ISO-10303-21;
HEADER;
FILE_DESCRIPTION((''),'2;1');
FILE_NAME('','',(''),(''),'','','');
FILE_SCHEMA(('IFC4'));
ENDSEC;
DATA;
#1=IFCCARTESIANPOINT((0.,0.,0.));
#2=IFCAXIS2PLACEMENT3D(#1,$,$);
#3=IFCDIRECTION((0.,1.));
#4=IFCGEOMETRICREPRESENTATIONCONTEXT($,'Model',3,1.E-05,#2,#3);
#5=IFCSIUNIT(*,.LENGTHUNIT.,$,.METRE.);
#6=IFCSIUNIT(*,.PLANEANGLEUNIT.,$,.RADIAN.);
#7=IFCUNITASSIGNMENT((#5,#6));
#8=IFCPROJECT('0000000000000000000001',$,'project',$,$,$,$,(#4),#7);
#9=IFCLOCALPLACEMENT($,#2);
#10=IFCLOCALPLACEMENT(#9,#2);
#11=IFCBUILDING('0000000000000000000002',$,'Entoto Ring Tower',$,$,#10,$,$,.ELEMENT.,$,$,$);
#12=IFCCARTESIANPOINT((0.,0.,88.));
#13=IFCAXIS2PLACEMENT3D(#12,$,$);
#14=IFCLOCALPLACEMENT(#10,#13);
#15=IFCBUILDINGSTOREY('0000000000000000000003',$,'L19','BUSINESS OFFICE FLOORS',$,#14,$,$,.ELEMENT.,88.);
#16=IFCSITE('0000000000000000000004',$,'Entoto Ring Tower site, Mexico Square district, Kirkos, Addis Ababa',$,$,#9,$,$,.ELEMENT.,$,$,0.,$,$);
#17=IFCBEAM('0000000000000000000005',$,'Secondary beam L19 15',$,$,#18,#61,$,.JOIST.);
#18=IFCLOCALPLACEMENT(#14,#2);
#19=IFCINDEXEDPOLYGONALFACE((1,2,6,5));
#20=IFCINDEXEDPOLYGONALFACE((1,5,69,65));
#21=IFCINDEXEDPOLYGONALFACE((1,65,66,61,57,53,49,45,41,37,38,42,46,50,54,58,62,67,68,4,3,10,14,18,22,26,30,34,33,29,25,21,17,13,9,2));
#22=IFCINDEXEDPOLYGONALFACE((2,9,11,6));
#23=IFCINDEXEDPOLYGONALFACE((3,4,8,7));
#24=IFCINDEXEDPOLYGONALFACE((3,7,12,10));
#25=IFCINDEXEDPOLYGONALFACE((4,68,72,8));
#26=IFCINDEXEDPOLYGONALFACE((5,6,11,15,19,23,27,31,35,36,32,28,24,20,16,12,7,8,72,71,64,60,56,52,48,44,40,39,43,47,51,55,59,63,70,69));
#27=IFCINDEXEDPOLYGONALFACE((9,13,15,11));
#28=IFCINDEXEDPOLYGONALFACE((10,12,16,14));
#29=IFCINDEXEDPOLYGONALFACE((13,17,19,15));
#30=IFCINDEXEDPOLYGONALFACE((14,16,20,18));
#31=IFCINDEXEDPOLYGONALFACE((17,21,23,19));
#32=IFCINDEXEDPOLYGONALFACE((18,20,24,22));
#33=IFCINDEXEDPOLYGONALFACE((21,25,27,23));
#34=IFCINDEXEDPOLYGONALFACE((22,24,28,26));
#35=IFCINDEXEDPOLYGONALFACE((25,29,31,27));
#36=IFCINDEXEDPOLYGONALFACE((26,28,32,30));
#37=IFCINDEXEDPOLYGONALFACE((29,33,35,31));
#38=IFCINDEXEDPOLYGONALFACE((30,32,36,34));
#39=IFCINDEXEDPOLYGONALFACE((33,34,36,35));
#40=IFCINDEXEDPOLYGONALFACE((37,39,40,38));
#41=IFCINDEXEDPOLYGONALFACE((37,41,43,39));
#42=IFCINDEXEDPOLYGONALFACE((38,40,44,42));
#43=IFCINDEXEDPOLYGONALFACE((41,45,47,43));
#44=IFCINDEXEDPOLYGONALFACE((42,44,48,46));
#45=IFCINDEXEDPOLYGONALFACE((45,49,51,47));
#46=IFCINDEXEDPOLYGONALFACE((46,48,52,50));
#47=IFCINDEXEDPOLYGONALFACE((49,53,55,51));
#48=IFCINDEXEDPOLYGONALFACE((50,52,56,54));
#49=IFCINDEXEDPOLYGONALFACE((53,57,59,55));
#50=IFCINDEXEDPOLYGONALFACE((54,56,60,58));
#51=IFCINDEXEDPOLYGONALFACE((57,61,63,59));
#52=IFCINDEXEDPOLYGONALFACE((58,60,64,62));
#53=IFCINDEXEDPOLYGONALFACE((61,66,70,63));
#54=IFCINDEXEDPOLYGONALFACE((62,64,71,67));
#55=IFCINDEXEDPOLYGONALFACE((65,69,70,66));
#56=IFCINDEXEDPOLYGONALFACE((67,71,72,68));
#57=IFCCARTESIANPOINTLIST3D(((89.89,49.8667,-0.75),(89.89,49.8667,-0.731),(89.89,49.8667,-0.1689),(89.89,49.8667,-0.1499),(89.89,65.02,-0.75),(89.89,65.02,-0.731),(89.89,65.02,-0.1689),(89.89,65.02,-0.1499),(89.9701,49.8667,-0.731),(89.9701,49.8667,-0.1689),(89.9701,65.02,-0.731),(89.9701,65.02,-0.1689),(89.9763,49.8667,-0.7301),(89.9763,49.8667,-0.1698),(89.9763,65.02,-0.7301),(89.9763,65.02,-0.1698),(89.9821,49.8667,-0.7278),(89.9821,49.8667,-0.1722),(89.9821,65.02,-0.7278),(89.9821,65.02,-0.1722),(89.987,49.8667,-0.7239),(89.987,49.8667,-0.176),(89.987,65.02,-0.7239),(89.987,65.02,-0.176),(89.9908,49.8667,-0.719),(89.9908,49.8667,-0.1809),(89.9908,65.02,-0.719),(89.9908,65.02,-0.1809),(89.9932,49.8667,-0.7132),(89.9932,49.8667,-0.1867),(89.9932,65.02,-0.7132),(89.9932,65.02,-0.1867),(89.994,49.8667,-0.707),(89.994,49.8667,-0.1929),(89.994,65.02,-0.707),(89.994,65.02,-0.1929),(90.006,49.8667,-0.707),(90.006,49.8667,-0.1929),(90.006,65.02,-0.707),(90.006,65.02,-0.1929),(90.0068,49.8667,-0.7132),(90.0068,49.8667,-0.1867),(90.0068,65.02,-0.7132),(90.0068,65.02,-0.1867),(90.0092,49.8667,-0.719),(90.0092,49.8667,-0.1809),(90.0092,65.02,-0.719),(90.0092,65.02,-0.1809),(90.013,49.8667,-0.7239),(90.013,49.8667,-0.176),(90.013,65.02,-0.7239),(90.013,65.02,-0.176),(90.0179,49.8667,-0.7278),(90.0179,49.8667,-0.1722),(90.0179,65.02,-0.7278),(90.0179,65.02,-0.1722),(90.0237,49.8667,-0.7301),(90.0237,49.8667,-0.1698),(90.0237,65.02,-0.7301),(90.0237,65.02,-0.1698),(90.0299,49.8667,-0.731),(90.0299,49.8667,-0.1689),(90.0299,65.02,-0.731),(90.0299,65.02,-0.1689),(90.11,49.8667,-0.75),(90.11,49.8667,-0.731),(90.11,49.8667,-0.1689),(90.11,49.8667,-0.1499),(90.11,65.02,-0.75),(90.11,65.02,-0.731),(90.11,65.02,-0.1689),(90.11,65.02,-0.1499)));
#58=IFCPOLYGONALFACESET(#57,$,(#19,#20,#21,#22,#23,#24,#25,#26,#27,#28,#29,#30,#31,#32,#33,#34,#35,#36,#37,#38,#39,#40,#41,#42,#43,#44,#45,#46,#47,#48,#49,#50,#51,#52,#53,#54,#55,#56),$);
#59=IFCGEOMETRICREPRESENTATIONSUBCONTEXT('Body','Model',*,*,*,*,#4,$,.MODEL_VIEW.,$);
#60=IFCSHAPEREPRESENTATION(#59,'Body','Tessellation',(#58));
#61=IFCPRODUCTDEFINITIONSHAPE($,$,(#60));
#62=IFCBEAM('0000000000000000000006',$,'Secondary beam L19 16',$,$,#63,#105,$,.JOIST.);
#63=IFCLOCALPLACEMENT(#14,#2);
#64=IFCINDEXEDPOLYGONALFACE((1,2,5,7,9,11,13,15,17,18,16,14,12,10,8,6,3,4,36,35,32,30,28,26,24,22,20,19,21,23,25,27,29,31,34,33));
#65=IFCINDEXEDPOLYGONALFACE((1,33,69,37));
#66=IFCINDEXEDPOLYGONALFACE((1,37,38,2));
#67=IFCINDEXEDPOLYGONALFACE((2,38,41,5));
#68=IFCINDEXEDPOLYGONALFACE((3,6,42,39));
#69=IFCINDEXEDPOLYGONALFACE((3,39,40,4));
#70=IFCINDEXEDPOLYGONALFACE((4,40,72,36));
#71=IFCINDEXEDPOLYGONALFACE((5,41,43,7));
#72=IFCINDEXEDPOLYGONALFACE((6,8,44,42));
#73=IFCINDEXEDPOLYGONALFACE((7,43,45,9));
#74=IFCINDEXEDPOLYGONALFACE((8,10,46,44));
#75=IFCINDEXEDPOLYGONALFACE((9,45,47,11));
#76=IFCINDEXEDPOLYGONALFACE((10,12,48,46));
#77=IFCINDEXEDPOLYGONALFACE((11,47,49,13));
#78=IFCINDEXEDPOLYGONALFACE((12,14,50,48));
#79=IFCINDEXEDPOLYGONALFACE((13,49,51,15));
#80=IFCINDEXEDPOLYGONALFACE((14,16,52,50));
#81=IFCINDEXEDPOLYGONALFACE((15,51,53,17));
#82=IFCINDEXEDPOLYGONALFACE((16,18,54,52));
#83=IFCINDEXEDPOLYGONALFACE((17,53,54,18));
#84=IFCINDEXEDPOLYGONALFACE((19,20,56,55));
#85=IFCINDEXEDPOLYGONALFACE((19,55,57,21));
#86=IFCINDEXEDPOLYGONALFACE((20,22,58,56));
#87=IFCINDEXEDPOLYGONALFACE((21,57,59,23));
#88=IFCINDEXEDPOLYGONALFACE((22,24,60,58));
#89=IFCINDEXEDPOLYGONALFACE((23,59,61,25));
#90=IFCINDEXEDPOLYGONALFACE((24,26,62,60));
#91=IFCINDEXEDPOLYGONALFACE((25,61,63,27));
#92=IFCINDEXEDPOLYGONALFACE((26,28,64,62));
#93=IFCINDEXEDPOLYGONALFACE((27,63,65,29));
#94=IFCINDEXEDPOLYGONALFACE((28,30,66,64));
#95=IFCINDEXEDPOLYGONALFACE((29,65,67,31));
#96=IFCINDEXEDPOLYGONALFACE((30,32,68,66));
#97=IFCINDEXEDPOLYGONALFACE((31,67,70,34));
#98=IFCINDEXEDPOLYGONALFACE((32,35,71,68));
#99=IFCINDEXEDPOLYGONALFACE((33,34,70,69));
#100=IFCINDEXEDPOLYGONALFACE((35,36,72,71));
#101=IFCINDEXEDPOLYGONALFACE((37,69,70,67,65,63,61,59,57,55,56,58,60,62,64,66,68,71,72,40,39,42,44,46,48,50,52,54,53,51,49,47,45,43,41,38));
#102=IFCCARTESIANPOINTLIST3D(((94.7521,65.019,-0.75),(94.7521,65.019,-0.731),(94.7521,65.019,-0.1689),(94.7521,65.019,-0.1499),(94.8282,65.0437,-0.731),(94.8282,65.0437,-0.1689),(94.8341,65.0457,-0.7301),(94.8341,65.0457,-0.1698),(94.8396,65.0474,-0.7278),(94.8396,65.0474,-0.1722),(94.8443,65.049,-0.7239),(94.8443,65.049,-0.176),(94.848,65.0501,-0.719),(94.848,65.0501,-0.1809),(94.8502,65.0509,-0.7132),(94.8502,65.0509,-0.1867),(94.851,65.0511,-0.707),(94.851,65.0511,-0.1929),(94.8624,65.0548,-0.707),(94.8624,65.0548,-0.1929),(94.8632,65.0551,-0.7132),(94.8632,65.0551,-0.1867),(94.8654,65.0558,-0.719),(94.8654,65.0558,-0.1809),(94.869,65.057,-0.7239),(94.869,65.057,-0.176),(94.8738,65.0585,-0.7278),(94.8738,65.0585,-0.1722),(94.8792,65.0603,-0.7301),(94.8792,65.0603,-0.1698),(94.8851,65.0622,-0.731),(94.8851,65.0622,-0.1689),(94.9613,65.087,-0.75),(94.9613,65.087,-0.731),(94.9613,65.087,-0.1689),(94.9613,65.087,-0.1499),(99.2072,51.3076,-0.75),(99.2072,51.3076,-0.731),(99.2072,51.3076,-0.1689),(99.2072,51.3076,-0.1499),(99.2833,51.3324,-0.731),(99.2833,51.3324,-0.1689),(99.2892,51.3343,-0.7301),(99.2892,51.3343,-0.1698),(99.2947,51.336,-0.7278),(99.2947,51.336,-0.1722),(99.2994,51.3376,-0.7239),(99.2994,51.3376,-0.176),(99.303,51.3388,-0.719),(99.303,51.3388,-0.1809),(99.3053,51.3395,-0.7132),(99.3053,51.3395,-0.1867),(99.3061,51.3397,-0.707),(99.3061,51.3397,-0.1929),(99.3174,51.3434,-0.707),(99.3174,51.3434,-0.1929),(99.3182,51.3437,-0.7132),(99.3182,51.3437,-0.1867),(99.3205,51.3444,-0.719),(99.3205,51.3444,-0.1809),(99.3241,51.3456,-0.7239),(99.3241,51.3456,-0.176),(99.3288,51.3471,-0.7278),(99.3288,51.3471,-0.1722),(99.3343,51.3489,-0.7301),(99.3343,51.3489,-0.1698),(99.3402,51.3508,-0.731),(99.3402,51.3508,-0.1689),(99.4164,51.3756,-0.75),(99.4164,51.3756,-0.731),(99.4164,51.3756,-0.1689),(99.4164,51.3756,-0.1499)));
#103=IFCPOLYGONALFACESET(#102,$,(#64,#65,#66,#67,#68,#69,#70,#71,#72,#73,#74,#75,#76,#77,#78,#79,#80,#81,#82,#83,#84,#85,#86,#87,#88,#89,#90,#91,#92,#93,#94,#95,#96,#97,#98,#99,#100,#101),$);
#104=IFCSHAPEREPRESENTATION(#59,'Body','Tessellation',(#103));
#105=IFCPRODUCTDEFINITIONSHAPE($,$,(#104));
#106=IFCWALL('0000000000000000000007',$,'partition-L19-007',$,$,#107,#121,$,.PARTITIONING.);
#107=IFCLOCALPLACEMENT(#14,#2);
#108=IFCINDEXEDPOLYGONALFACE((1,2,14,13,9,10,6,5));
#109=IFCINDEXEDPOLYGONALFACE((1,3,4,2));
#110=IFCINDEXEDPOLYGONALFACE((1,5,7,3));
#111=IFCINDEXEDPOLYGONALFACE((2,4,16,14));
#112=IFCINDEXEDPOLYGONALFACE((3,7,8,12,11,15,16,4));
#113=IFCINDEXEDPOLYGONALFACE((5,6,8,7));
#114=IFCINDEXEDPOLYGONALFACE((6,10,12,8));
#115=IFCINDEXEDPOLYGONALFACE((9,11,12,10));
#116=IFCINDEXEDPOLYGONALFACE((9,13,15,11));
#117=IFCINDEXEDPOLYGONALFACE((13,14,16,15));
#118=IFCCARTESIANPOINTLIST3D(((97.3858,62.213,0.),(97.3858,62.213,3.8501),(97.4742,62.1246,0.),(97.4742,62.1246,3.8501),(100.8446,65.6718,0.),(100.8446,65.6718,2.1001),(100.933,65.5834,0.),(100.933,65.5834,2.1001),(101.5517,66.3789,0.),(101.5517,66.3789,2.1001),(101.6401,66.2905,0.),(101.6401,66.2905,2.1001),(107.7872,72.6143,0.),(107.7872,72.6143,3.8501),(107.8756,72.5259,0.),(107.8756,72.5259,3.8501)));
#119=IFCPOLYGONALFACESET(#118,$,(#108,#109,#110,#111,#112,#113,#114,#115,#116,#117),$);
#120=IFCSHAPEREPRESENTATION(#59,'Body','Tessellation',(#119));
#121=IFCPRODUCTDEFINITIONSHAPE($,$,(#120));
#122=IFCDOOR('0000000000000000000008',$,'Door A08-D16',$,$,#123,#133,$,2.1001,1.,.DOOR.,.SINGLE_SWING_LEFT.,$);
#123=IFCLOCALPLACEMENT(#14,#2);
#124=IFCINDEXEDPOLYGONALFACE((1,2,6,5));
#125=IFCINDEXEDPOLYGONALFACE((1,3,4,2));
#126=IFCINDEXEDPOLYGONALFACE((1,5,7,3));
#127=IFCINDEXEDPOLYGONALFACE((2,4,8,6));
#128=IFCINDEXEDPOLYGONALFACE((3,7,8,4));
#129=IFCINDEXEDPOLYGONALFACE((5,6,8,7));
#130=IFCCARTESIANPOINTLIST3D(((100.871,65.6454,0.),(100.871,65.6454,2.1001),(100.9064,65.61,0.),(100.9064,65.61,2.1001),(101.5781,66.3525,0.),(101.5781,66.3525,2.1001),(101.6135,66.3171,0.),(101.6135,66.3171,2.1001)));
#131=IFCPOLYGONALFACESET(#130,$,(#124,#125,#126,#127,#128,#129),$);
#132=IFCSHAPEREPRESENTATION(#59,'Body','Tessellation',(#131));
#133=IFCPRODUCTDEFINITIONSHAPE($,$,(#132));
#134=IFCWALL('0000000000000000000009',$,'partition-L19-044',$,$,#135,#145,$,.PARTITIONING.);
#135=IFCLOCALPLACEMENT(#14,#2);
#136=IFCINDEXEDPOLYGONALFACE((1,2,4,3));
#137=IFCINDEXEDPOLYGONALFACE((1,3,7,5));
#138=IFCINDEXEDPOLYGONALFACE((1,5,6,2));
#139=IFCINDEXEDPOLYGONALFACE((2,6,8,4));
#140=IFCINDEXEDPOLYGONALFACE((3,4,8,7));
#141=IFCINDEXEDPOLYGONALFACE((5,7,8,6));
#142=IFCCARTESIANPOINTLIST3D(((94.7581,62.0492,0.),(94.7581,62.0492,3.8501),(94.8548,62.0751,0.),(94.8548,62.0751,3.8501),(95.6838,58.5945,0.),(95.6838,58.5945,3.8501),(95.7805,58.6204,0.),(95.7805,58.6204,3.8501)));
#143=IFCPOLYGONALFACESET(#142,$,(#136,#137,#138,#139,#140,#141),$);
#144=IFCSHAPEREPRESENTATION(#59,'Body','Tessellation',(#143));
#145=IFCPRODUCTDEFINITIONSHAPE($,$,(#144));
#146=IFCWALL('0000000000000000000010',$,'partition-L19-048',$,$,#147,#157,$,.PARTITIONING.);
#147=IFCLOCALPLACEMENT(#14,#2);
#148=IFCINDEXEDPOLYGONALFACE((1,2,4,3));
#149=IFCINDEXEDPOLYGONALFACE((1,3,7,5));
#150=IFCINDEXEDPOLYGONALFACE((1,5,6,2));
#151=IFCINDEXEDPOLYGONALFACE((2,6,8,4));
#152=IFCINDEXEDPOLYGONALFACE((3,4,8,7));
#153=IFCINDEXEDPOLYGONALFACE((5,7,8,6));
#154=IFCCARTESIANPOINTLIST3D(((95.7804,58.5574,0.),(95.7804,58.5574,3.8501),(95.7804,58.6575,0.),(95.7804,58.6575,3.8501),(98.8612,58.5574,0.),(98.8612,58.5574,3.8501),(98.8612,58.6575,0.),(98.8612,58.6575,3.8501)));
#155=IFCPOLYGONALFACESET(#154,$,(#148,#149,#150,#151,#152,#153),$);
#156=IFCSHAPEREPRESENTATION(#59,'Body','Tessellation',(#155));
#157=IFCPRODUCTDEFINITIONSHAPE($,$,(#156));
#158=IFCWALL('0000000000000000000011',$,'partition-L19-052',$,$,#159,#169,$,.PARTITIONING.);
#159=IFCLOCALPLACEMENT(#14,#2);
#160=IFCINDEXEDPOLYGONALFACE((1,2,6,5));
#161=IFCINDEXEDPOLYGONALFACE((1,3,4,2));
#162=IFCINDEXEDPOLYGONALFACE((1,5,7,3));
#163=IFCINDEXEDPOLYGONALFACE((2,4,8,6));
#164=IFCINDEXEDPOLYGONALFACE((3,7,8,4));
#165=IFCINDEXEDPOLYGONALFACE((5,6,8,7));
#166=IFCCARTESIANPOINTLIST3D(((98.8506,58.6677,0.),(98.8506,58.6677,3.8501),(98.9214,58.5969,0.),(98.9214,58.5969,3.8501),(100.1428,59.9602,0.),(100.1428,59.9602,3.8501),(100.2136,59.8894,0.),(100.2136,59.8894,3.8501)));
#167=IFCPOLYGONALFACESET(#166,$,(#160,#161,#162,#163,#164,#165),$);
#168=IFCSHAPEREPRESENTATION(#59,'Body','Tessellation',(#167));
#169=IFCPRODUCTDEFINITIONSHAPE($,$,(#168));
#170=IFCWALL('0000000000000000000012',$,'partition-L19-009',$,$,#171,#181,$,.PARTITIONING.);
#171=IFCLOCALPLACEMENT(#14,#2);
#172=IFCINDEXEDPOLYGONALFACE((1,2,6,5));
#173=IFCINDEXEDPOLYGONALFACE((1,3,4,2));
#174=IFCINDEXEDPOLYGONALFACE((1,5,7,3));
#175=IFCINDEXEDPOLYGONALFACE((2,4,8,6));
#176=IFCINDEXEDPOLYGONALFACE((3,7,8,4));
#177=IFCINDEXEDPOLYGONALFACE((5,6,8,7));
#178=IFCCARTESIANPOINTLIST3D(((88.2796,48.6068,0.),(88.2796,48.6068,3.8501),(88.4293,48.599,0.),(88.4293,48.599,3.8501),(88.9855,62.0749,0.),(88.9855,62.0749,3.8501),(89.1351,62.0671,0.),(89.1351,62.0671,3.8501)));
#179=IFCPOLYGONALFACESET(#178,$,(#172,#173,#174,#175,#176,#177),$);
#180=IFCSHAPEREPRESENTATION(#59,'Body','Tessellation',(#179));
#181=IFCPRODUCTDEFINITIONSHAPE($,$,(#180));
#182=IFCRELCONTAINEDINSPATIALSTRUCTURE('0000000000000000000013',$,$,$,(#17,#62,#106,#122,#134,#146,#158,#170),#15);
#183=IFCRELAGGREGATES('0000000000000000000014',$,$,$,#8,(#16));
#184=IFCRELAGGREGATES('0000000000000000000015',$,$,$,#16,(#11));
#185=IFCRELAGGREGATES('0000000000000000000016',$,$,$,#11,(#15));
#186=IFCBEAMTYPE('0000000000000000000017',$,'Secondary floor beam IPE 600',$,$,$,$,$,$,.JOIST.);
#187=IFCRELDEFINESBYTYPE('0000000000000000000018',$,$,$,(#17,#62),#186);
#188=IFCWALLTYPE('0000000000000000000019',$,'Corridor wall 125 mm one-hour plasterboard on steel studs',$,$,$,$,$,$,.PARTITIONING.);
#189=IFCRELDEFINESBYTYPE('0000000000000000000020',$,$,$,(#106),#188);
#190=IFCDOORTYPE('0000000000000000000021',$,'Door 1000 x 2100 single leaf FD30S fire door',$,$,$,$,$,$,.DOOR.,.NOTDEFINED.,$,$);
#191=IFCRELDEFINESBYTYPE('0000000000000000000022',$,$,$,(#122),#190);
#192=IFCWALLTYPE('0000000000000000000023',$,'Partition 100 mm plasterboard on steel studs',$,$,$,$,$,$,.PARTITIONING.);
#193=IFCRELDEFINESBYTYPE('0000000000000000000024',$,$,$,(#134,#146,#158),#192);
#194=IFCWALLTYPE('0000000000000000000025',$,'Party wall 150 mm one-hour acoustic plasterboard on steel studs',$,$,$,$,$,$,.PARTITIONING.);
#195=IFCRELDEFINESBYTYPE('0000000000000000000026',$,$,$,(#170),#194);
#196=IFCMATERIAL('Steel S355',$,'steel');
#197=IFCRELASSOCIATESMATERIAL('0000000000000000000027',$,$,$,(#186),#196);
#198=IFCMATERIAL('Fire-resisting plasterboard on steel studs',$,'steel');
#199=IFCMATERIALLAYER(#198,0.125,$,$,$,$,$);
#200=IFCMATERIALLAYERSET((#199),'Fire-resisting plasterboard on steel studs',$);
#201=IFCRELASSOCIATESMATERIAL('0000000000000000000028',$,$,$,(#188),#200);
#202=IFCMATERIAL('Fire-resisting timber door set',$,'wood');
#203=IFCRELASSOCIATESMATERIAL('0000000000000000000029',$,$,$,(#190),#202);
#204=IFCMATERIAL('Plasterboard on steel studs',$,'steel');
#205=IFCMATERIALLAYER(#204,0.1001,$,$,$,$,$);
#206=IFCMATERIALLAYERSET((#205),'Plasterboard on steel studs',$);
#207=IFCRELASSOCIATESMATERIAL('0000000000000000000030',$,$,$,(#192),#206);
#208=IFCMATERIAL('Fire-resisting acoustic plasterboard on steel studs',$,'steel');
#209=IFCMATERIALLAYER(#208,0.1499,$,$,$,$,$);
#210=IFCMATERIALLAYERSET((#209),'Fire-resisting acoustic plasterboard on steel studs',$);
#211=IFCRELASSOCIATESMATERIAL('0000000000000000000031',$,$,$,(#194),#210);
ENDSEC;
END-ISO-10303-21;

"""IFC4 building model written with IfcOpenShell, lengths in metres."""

from ifc_helpers import new_model, si_unit, direction, frame, frame_2d, origin, origin_2d, place, context, subcontext, project, spatial, rectangle, i_section, extrude, material, layer, layer_set, material_profile, profile_set, type_object, element, fill, save


model = new_model("IFC4")

# Units and contexts
model_context = context("Model", 3, precision=1e-05, world=origin(), true_north=direction((0.0, 1.0)))
body_context = subcontext(model_context, "Body", "Model", "MODEL_VIEW")
ifc_project = project(units=[si_unit("LENGTHUNIT", "METRE"), si_unit("PLANEANGLEUNIT", "RADIAN")], contexts=[model_context])

# Site, building, storey
site_placement = place(None, origin())
site = spatial("IfcSite", under=ifc_project, at=site_placement, Name="Entoto Ring Tower site, Mexico Square district, Kirkos, Addis Ababa", CompositionType="ELEMENT", RefElevation=0.0)
building_placement = place(site_placement, origin())
building = spatial("IfcBuilding", under=site, at=building_placement, Name="Entoto Ring Tower", CompositionType="ELEMENT")
storey_placement = place(building_placement, frame((0.0, 0.0, 88.0)))
storey = spatial("IfcBuildingStorey", under=building, at=storey_placement, Name="L19", Description="BUSINESS OFFICE FLOORS", CompositionType="ELEMENT", Elevation=88.0)

# Beams
ifc_material_1 = material(Name="Steel S355", Category="steel")
ifc_material_profile_1 = material_profile(ifc_material_1, i_section(OverallWidth=0.22, OverallDepth=0.6001, WebThickness=0.012, FlangeThickness=0.019, FilletRadius=0.0239, at=origin_2d()), Name="IPE 600")
ifc_profile_set_1 = profile_set([ifc_material_profile_1], Name="Steel S355")
beam_type_1 = type_object("IfcBeamType", Name="Secondary floor beam IPE 600", PredefinedType="JOIST", material=ifc_profile_set_1)
beam_1_placement = place(storey_placement, frame((90.0, 65.02, -0.45), z_axis=(0.0, -1.0, 0.0), x_axis=(1.0, 0.0, 0.0)))
element("IfcBeam", 1, at=beam_1_placement, inside=storey, type_object=beam_type_1, Name="Secondary beam L19 15", PredefinedType="JOIST", context=body_context, shape_type="SweptSolid", body=[
    extrude(i_section(OverallWidth=0.22, OverallDepth=0.6001, WebThickness=0.012, FlangeThickness=0.019, FilletRadius=0.0239, at=origin_2d()), origin(), (0.0, 0.0, 1.0), 15.1533),
])
beam_2_placement = place(storey_placement, frame((94.8567, 65.053, -0.45), z_axis=(0.309015, -0.951057, 0.0), x_axis=(0.951057, 0.309015, 0.0)))
element("IfcBeam", 2, at=beam_2_placement, inside=storey, type_object=beam_type_1, Name="Secondary beam L19 16", PredefinedType="JOIST", context=body_context, shape_type="SweptSolid", body=[
    extrude(i_section(OverallWidth=0.22, OverallDepth=0.6001, WebThickness=0.012, FlangeThickness=0.019, FilletRadius=0.0239, at=origin_2d()), origin(), (0.0, 0.0, 1.0), 14.417),
])

# Wall, opening, door
ifc_material_2 = material(Name="Fire-resisting plasterboard on steel studs", Category="steel")
ifc_layer_1 = layer(ifc_material_2, 0.125)
ifc_layer_set_1 = layer_set([ifc_layer_1], Name="Fire-resisting plasterboard on steel studs")
wall_type_1 = type_object("IfcWallType", Name="Corridor wall 125 mm one-hour plasterboard on steel studs", PredefinedType="PARTITIONING", material=ifc_layer_set_1)
wall_1_placement = place(storey_placement, frame((97.4299, 62.1687, 0.0), z_axis=(0.0, 0.0, 1.0), x_axis=(0.707107, 0.707107, 0.0)))
wall_1 = element("IfcWall", 3, at=wall_1_placement, inside=storey, type_object=wall_type_1, Name="partition-L19-007", PredefinedType="PARTITIONING", context=body_context, shape_type="SweptSolid", body=[
    extrude(rectangle(XDim=14.7097, YDim=0.125, at=frame_2d((7.355, 0.0))), origin(), (0.0, 0.0, 1.0), 3.8501),
])
opening_placement = place(wall_1_placement, frame((4.8916, 0.0, 0.0)))
opening = element("IfcOpeningElement", 4, at=opening_placement, cuts=wall_1, PredefinedType="OPENING", context=body_context, shape_type="SweptSolid", body=[
    extrude(rectangle(XDim=1.0, YDim=2.1001, at=frame_2d((0.5, 1.05))), frame((0.0, 0.0725, 0.0), z_axis=(0.0, -1.0, 0.0), x_axis=(1.0, 0.0, 0.0)), (0.0, 0.0, 1.0), 0.145),
])
ifc_material_3 = material(Name="Fire-resisting timber door set", Category="wood")
door_type = type_object("IfcDoorType", Name="Door 1000 x 2100 single leaf FD30S fire door", OperationType="NOTDEFINED", PredefinedType="DOOR", material=ifc_material_3)
door_placement = place(opening_placement, frame((1.0, 0.0, 0.0), z_axis=(0.0, 0.0, 1.0), x_axis=(-1.0, 0.0, 0.0)))
door = element("IfcDoor", 5, at=door_placement, inside=storey, type_object=door_type, Name="Door A08-D16", OperationType="SINGLE_SWING_LEFT", OverallHeight=2.1001, OverallWidth=1.0, PredefinedType="DOOR", context=body_context, shape_type="SweptSolid", body=[
    extrude(rectangle(XDim=1.0, YDim=2.1001, at=frame_2d((0.5, 1.05))), frame((0.0, 0.0249, 0.0), z_axis=(0.0, -1.0, 0.0), x_axis=(1.0, 0.0, 0.0)), (0.0, 0.0, 1.0), 0.05),
])
fill(opening, door)

# Walls
ifc_material_4 = material(Name="Plasterboard on steel studs", Category="steel")
ifc_layer_2 = layer(ifc_material_4, 0.1001)
ifc_layer_set_2 = layer_set([ifc_layer_2], Name="Plasterboard on steel studs")
wall_type_2 = type_object("IfcWallType", Name="Partition 100 mm plasterboard on steel studs", PredefinedType="PARTITIONING", material=ifc_layer_set_2)
wall_2_placement = place(storey_placement, frame((95.7322, 58.6074, 0.0), z_axis=(0.0, 0.0, 1.0), x_axis=(-0.258835, 0.965922, 0.0)))
element("IfcWall", 6, at=wall_2_placement, inside=storey, type_object=wall_type_2, Name="partition-L19-044", PredefinedType="PARTITIONING", context=body_context, shape_type="SweptSolid", body=[
    extrude(rectangle(XDim=3.5767, YDim=0.1001, at=frame_2d((1.7883, 0.0))), origin(), (0.0, 0.0, 1.0), 3.8501),
])
wall_3_placement = place(storey_placement, frame((95.7803, 58.6074, 0.0), z_axis=(0.0, 0.0, 1.0), x_axis=(1.0, 0.0, 0.0)))
element("IfcWall", 7, at=wall_3_placement, inside=storey, type_object=wall_type_2, Name="partition-L19-048", PredefinedType="PARTITIONING", context=body_context, shape_type="SweptSolid", body=[
    extrude(rectangle(XDim=3.0808, YDim=0.1001, at=frame_2d((1.5405, 0.0))), origin(), (0.0, 0.0, 1.0), 3.8501),
])
wall_4_placement = place(storey_placement, frame((98.886, 58.6323, 0.0), z_axis=(0.0, 0.0, 1.0), x_axis=(0.70704, 0.707174, 0.0)))
element("IfcWall", 8, at=wall_4_placement, inside=storey, type_object=wall_type_2, Name="partition-L19-052", PredefinedType="PARTITIONING", context=body_context, shape_type="SweptSolid", body=[
    extrude(rectangle(XDim=1.8276, YDim=0.1001, at=frame_2d((0.9138, 0.0))), origin(), (0.0, 0.0, 1.0), 3.8501),
])
ifc_material_5 = material(Name="Fire-resisting acoustic plasterboard on steel studs", Category="steel")
ifc_layer_3 = layer(ifc_material_5, 0.1499)
ifc_layer_set_3 = layer_set([ifc_layer_3], Name="Fire-resisting acoustic plasterboard on steel studs")
wall_type_3 = type_object("IfcWallType", Name="Party wall 150 mm one-hour acoustic plasterboard on steel studs", PredefinedType="PARTITIONING", material=ifc_layer_set_3)
wall_5_placement = place(storey_placement, frame((88.3545, 48.603, 0.0), z_axis=(0.0, 0.0, 1.0), x_axis=(0.052335, 0.99863, 0.0)))
element("IfcWall", 9, at=wall_5_placement, inside=storey, type_object=wall_type_3, Name="partition-L19-009", PredefinedType="PARTITIONING", context=body_context, shape_type="SweptSolid", body=[
    extrude(rectangle(XDim=13.4866, YDim=0.1499, at=frame_2d((6.7432, 0.0))), origin(), (0.0, 0.0, 1.0), 3.8501),
])

save(model, "model.ifc")
